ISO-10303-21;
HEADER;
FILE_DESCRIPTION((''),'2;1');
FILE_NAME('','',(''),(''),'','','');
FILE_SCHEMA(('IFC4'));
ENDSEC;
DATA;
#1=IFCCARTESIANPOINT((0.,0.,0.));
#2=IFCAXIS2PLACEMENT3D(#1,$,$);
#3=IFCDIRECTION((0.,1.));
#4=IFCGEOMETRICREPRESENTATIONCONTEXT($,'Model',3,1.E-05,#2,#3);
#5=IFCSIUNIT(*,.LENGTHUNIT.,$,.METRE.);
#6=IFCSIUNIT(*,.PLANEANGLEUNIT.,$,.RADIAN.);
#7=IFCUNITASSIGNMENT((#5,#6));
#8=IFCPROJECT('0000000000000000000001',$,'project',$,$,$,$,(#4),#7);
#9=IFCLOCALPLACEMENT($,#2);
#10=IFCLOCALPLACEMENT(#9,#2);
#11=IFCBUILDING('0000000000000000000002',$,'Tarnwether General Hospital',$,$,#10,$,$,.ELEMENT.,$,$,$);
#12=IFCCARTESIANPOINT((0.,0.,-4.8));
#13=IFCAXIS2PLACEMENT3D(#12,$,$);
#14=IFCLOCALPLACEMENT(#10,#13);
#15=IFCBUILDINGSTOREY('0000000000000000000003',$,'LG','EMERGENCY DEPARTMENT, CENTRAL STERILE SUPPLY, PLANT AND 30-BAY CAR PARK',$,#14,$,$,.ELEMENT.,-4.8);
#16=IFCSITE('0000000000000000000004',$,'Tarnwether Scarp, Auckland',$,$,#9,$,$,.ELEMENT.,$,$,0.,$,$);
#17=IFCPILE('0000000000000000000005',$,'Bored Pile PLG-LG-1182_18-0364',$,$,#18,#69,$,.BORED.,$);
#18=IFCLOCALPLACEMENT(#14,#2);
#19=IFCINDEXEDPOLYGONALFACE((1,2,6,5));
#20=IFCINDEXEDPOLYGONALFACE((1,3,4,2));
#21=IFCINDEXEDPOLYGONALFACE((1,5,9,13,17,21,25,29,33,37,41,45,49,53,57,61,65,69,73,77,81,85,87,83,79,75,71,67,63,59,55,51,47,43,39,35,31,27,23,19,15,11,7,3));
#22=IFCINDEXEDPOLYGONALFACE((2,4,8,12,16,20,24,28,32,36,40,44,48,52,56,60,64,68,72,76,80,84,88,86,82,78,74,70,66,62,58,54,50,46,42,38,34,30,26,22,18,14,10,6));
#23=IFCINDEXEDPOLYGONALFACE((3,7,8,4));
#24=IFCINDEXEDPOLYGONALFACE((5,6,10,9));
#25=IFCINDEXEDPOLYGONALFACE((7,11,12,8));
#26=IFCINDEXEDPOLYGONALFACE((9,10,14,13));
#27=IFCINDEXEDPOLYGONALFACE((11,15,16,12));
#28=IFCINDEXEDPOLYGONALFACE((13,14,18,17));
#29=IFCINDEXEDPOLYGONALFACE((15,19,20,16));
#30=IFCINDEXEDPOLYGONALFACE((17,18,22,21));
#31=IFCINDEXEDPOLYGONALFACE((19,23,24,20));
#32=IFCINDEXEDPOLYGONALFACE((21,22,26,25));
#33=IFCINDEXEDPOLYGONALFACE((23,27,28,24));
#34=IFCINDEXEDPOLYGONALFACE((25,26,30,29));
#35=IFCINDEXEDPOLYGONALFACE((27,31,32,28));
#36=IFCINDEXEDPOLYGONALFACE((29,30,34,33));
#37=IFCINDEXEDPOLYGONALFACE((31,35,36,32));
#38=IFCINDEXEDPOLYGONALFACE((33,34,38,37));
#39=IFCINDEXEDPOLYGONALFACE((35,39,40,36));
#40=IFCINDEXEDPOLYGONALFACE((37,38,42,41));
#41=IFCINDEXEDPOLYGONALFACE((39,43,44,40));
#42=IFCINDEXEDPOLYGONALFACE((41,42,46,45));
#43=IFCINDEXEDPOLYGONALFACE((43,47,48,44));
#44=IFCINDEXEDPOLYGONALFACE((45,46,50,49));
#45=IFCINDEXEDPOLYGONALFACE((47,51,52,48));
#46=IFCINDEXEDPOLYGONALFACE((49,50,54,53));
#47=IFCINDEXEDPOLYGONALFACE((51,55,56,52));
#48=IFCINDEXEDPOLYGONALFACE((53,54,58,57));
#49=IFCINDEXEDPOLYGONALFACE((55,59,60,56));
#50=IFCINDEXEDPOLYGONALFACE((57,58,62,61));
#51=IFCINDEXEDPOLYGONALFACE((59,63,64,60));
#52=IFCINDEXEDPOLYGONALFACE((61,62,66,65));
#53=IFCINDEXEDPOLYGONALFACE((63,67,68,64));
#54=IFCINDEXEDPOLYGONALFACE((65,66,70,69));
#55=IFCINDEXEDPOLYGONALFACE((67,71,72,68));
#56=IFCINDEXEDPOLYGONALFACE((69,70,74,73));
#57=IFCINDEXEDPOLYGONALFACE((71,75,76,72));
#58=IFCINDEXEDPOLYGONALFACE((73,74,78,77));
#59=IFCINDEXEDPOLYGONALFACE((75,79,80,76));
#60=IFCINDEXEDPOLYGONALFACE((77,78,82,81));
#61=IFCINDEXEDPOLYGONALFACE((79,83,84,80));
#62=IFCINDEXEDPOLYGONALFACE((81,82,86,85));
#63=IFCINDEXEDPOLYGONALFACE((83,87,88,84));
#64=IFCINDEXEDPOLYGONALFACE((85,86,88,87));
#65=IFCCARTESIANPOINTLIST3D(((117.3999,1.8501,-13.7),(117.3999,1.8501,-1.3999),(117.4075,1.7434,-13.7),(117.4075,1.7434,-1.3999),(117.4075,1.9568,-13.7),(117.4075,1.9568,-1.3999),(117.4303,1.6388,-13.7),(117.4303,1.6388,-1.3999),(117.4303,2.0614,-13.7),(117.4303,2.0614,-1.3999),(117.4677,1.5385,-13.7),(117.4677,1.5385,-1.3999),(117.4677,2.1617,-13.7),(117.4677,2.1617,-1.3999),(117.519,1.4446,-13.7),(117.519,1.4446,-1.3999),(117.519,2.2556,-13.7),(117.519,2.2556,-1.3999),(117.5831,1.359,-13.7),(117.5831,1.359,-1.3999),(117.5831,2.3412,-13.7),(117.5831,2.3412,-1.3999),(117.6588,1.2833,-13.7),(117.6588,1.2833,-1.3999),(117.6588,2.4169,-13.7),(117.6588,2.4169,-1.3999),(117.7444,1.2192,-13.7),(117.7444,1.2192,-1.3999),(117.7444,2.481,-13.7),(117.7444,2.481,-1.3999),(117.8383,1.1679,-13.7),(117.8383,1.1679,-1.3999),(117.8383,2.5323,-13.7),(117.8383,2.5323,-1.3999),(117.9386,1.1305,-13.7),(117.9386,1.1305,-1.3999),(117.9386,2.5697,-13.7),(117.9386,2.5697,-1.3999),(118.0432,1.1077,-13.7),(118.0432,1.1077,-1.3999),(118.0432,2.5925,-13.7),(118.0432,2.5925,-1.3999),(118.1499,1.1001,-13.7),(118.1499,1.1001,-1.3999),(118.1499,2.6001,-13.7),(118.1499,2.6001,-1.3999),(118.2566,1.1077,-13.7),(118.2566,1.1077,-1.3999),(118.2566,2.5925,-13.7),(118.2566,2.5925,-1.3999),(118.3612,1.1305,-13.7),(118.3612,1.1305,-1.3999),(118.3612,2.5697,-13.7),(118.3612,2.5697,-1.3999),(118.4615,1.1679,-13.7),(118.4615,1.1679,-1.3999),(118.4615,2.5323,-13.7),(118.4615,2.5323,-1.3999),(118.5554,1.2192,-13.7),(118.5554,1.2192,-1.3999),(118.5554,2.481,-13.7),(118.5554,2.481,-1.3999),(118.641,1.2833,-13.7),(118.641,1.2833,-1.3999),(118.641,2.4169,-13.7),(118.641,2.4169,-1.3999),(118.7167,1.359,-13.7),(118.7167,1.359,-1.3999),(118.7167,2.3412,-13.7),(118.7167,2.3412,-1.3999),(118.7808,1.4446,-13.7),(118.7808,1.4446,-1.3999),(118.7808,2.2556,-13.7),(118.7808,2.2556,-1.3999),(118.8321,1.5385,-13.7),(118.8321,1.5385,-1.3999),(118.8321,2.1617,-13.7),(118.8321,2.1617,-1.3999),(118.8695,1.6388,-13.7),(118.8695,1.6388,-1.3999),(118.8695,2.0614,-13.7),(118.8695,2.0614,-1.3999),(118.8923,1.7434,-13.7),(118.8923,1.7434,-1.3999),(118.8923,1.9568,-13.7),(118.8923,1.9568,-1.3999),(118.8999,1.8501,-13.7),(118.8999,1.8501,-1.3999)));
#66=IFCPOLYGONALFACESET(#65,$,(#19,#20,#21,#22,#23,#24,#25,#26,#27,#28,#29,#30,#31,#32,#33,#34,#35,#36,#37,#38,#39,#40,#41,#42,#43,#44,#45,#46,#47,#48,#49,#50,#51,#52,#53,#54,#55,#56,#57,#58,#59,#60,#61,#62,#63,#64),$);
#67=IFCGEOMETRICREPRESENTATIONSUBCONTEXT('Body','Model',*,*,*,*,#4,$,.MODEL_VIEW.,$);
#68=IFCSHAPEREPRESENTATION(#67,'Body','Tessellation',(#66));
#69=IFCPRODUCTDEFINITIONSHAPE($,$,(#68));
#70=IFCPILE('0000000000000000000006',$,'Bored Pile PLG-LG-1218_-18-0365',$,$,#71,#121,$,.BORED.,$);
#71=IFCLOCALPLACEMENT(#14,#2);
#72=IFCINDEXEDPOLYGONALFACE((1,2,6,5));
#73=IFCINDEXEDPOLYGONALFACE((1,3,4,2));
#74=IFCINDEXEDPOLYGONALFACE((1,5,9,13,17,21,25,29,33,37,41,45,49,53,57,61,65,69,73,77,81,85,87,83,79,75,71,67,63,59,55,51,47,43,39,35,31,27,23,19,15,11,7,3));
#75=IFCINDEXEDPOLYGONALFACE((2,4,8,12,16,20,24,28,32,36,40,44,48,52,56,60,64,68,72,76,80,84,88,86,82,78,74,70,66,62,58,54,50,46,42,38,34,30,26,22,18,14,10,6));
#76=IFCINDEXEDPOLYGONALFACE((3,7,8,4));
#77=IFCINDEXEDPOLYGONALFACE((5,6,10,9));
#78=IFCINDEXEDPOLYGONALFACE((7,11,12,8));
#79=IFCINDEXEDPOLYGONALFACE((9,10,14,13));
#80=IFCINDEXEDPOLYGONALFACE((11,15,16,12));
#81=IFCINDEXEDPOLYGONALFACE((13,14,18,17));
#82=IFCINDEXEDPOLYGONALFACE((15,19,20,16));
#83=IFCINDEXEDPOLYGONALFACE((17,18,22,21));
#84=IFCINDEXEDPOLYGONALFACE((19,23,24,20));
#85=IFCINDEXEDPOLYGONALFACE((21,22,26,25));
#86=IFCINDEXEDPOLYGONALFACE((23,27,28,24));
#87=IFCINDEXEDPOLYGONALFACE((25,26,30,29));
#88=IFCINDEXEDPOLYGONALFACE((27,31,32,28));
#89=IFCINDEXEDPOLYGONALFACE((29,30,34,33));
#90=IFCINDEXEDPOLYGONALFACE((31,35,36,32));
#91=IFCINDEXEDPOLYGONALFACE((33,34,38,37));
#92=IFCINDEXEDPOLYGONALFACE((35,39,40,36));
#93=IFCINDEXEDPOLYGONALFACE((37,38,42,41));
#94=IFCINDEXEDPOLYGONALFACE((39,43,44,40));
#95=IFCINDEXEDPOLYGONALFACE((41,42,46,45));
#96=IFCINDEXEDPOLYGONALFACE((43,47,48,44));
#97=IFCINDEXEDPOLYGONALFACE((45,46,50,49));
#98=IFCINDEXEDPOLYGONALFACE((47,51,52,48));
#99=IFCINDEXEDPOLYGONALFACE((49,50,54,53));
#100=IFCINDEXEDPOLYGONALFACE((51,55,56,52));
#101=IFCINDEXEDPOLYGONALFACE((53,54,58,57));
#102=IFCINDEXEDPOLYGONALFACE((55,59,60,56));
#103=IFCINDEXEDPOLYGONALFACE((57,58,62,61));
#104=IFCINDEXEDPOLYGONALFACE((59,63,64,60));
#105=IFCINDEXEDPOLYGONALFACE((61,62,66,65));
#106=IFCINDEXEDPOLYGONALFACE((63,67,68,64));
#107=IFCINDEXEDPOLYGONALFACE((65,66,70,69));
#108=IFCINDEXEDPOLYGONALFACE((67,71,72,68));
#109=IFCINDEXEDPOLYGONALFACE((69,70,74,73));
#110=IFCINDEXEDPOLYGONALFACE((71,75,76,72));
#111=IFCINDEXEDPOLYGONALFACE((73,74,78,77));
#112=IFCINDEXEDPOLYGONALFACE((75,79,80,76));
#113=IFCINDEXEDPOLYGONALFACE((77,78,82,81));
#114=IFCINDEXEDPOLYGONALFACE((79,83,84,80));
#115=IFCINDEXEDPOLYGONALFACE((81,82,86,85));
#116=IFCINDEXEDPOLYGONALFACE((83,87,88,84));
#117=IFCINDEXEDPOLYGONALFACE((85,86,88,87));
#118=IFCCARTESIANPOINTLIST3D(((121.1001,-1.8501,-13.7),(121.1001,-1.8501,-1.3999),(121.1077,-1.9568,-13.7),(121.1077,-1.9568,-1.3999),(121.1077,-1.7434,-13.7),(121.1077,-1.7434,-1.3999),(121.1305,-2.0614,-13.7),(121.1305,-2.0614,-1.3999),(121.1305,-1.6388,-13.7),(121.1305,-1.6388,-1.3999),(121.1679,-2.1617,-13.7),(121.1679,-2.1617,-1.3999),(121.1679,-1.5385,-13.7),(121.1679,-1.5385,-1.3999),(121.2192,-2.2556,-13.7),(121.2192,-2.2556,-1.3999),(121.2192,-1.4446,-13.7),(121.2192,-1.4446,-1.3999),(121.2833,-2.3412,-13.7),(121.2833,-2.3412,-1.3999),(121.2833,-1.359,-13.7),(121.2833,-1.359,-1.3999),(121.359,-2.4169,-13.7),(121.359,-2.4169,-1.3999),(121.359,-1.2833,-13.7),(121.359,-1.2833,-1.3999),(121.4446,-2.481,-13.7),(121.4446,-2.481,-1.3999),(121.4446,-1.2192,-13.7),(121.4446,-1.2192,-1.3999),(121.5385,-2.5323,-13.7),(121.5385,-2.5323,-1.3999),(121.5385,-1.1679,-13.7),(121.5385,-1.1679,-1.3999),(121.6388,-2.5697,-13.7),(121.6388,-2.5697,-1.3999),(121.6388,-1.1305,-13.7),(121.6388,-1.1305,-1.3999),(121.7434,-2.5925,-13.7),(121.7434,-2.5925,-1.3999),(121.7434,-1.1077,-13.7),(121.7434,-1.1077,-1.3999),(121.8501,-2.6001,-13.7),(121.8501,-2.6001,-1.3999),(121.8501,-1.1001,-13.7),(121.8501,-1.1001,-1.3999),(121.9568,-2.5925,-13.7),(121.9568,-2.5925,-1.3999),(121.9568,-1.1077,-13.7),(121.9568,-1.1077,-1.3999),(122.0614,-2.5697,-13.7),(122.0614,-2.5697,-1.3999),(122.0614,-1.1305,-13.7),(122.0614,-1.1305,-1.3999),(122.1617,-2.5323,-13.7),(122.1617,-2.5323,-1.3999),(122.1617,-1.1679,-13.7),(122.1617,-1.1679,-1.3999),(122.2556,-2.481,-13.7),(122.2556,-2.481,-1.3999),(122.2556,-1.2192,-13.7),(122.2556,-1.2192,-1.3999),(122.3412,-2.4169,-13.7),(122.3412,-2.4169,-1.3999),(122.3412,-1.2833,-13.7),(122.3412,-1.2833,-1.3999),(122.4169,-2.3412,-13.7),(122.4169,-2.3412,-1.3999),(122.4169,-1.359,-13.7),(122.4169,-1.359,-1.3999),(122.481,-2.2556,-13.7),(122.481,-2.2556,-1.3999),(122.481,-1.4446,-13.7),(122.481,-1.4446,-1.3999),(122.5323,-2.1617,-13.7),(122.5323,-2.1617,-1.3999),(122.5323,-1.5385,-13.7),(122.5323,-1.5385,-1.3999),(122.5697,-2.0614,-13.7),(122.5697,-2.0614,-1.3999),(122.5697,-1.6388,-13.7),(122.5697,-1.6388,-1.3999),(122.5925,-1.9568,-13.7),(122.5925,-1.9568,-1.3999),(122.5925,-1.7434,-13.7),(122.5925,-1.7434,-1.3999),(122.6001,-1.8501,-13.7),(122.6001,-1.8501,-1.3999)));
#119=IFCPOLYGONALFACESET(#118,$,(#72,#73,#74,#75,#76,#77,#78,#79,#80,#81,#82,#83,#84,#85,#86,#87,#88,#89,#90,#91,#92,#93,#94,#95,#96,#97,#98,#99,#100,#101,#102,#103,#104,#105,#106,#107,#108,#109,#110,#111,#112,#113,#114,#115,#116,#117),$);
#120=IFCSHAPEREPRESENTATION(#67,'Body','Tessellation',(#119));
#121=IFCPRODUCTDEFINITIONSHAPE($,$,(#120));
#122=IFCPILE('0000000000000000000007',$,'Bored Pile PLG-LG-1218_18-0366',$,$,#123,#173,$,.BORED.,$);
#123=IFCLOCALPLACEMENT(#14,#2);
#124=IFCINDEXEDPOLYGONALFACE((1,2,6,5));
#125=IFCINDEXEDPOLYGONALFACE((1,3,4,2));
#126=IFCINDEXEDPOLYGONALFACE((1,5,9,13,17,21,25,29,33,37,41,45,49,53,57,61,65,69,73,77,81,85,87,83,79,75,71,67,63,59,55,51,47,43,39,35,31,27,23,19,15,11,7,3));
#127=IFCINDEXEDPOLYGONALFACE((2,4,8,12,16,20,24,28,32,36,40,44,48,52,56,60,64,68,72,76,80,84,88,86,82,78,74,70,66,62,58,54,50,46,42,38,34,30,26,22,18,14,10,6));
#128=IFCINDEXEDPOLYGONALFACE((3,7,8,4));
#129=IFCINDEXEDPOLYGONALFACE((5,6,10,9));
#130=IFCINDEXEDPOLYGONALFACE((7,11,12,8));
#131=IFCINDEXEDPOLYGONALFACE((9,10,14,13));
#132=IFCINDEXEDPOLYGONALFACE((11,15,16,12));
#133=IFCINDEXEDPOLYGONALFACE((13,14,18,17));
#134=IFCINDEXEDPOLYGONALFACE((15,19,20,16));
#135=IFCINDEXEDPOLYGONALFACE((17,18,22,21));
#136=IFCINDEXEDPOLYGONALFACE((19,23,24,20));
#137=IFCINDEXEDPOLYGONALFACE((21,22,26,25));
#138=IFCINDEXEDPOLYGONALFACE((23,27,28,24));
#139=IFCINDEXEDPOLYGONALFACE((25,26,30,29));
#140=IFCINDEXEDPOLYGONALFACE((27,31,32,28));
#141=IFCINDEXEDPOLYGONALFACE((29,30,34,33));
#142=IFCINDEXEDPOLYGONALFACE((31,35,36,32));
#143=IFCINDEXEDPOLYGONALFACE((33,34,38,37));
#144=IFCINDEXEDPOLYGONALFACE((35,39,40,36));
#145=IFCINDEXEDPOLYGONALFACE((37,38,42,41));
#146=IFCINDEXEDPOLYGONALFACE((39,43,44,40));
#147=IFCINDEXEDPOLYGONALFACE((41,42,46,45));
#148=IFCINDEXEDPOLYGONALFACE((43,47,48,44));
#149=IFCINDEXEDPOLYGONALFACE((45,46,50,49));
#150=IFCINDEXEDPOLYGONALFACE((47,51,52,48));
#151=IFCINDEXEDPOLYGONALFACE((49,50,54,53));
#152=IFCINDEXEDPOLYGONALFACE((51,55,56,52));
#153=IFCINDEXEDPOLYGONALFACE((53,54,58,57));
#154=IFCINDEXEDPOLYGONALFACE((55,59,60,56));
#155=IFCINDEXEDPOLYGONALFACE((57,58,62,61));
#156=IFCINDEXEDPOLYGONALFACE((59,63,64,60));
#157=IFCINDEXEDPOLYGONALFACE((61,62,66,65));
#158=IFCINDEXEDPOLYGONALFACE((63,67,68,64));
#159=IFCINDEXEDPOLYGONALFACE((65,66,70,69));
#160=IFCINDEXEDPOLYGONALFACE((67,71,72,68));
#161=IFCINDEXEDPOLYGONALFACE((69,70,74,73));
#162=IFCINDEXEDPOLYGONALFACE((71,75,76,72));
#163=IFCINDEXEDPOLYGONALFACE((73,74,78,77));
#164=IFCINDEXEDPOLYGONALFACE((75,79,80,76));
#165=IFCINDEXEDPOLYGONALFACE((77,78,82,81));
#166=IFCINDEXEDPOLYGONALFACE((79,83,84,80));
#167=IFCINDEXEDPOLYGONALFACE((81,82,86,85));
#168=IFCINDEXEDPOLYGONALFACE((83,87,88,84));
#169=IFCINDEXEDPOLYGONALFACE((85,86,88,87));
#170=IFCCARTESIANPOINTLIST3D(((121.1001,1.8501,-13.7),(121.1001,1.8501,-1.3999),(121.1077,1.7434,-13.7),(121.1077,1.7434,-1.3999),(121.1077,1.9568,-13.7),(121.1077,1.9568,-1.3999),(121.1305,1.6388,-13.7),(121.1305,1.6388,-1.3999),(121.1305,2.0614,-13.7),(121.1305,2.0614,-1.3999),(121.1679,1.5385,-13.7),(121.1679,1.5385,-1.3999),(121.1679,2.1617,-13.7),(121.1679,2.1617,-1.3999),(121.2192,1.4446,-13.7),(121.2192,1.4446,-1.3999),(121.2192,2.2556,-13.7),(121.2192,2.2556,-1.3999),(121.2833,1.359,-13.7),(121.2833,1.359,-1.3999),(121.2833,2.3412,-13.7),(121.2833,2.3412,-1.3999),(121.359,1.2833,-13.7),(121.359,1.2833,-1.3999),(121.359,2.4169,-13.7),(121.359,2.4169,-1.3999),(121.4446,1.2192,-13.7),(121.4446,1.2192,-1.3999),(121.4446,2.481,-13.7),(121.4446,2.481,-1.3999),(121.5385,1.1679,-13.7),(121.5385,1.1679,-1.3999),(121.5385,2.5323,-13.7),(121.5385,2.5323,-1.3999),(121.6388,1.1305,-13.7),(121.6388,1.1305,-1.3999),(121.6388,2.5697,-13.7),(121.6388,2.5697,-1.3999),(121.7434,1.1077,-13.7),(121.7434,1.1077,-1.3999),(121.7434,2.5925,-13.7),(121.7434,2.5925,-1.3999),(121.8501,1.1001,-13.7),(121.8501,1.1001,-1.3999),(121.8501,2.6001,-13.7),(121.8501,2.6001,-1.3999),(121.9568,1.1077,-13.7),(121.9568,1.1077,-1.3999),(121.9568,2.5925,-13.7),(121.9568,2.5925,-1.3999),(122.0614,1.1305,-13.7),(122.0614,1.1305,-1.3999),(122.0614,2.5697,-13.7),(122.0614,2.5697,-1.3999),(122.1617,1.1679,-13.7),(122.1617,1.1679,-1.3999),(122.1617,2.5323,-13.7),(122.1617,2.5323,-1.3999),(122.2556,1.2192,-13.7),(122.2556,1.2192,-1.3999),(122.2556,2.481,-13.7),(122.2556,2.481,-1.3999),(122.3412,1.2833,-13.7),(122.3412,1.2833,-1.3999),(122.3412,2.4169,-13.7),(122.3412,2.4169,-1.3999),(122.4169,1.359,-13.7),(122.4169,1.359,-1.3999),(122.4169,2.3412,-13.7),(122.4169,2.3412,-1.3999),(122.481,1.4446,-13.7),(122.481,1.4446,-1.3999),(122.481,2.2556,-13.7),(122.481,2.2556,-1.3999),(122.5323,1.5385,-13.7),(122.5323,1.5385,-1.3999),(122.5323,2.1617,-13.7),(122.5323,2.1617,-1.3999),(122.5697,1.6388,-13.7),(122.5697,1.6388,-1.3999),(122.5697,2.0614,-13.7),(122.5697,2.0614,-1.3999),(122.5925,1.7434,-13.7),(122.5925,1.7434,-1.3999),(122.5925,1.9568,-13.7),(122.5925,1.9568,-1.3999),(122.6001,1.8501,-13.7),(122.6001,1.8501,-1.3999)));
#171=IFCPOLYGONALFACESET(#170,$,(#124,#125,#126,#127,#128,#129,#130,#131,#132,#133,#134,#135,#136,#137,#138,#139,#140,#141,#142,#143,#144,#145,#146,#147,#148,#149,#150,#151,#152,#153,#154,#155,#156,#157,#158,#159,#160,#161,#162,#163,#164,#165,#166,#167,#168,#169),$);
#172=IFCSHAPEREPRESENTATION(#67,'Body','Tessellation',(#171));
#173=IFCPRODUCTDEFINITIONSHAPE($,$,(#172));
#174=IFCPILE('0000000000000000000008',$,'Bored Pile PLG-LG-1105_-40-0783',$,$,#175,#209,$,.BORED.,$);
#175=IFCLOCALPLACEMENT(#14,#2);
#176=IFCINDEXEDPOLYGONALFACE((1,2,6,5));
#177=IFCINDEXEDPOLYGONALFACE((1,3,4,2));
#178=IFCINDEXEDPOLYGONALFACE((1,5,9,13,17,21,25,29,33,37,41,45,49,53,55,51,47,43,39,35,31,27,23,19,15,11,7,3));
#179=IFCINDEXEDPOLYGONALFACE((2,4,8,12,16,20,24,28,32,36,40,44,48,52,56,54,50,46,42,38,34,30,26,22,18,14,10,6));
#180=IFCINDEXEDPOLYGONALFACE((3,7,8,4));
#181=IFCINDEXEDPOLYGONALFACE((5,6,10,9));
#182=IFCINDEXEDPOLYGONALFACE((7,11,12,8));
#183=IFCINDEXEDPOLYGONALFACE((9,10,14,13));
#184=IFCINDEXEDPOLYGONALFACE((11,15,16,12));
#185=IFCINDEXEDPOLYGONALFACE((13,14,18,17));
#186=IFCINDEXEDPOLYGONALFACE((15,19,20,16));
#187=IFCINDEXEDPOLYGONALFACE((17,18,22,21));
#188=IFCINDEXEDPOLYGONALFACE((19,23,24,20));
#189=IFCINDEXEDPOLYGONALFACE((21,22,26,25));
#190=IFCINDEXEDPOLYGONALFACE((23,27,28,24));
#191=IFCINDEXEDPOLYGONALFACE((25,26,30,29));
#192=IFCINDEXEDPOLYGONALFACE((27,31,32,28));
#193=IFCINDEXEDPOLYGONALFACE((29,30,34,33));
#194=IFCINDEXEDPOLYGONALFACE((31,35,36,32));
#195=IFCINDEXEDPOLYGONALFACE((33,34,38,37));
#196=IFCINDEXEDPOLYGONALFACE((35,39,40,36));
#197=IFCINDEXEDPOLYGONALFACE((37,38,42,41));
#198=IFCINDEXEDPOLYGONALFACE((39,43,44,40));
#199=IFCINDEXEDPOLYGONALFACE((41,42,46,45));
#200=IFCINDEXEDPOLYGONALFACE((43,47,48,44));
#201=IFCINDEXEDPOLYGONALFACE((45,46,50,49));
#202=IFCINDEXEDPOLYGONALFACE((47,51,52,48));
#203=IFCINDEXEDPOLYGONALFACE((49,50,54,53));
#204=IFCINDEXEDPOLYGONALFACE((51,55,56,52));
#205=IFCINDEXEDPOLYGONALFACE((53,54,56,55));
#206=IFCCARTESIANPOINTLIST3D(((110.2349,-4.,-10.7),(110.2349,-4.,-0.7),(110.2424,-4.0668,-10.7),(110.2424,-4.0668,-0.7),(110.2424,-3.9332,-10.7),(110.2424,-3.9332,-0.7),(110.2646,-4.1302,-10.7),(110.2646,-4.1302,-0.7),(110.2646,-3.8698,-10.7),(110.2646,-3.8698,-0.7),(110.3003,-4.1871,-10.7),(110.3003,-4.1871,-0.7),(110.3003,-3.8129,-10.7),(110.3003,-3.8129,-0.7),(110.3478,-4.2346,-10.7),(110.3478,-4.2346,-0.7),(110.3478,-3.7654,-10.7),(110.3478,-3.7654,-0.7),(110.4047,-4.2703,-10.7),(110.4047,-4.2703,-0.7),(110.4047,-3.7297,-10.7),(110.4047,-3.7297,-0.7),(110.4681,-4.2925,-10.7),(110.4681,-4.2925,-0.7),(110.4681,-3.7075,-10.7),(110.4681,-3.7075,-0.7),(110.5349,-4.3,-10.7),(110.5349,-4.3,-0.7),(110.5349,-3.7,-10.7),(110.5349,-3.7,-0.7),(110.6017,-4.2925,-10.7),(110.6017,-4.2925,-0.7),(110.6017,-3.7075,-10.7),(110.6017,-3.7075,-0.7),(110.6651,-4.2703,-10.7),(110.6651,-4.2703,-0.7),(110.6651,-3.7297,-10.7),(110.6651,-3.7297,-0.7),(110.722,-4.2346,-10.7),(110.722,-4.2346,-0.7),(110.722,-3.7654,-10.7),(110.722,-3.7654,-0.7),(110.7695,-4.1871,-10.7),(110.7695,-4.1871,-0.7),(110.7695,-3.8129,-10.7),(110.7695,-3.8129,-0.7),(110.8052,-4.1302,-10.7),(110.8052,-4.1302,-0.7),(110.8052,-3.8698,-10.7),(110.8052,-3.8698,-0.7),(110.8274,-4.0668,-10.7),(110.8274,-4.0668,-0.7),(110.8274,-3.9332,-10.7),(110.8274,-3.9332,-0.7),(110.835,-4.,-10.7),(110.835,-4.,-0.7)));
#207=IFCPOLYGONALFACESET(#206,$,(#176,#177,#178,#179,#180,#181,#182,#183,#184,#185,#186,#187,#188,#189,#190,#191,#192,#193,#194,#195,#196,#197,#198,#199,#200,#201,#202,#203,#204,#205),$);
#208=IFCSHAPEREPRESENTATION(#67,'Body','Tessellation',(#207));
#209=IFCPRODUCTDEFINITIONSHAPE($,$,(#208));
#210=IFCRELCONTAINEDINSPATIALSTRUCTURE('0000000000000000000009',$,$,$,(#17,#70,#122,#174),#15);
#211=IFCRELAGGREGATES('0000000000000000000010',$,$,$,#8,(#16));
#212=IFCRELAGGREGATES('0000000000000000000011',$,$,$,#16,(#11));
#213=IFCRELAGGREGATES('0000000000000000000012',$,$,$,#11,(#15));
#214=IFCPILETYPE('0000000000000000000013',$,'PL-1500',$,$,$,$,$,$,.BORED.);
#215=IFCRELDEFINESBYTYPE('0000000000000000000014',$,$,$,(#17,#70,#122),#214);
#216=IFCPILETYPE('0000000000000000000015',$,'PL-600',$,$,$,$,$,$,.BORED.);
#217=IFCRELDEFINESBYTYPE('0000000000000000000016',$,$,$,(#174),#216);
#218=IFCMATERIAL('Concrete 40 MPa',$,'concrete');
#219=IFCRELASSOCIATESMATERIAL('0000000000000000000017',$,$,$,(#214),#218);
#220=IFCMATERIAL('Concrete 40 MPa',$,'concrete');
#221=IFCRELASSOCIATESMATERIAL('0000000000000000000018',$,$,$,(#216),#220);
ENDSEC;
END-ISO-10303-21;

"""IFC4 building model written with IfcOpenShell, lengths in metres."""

from ifc_helpers import new_model, si_unit, direction, frame, origin, origin_2d, place, context, subcontext, project, spatial, circle, extrude, material, material_profile, profile_set, type_object, element, save


model = new_model("IFC4")

# Units and contexts
model_context = context("Model", 3, precision=1e-05, world=origin(), true_north=direction((0.0, 1.0)))
body_context = subcontext(model_context, "Body", "Model", "MODEL_VIEW")
ifc_project = project(units=[si_unit("LENGTHUNIT", "METRE"), si_unit("PLANEANGLEUNIT", "RADIAN")], contexts=[model_context])

# Site, building, storey
site_placement = place(None, origin())
site = spatial("IfcSite", under=ifc_project, at=site_placement, Name="Tarnwether Scarp, Auckland", CompositionType="ELEMENT", RefElevation=0.0)
building_placement = place(site_placement, origin())
building = spatial("IfcBuilding", under=site, at=building_placement, Name="Tarnwether General Hospital", CompositionType="ELEMENT")
storey_placement = place(building_placement, frame((0.0, 0.0, -4.8)))
storey = spatial("IfcBuildingStorey", under=building, at=storey_placement, Name="LG", Description="EMERGENCY DEPARTMENT, CENTRAL STERILE SUPPLY, PLANT AND 30-BAY CAR PARK", CompositionType="ELEMENT", Elevation=-4.8)

# Piles
ifc_material_1 = material(Name="Concrete 40 MPa", Category="concrete")
ifc_material_profile_1 = material_profile(ifc_material_1, circle(Radius=0.75, at=origin_2d()), Name="PILE-D1500")
ifc_profile_set_1 = profile_set([ifc_material_profile_1], Name="Concrete 40 MPa")
pile_type_1 = type_object("IfcPileType", Name="PL-1500", PredefinedType="BORED", material=ifc_profile_set_1)
for number, where, z_axis, x_axis, name in (
    (1, (118.1499, 1.8501, -1.3999), (0.0, 0.0, -1.0), (1.0, 0.0, 0.0), "Bored Pile PLG-LG-1182_18-0364"),
    (2, (121.8501, -1.8501, -1.3999), (0.0, 0.0, -1.0), (1.0, 0.0, 0.0), "Bored Pile PLG-LG-1218_-18-0365"),
    (3, (121.8501, 1.8501, -1.3999), (0.0, 0.0, -1.0), (1.0, 0.0, 0.0), "Bored Pile PLG-LG-1218_18-0366"),
):
    element("IfcPile", number, at=place(storey_placement, frame(where, z_axis=z_axis, x_axis=x_axis)), inside=storey, type_object=pile_type_1, Name=name, PredefinedType="BORED", context=body_context, shape_type="SweptSolid", body=[
        extrude(circle(Radius=0.75, at=origin_2d()), origin(), (0.0, 0.0, 1.0), 12.3),
    ])
ifc_material_2 = material(Name="Concrete 40 MPa", Category="concrete")
ifc_material_profile_2 = material_profile(ifc_material_2, circle(Radius=0.3, at=origin_2d()), Name="PILE-D600")
ifc_profile_set_2 = profile_set([ifc_material_profile_2], Name="Concrete 40 MPa")
pile_type_2 = type_object("IfcPileType", Name="PL-600", PredefinedType="BORED", material=ifc_profile_set_2)
for number, where, z_axis, x_axis, name in (
    (4, (110.5349, -4.0, -0.7), (0.0, 0.0, -1.0), (1.0, 0.0, 0.0), "Bored Pile PLG-LG-1105_-40-0783"),
):
    element("IfcPile", number, at=place(storey_placement, frame(where, z_axis=z_axis, x_axis=x_axis)), inside=storey, type_object=pile_type_2, Name=name, PredefinedType="BORED", context=body_context, shape_type="SweptSolid", body=[
        extrude(circle(Radius=0.3, at=origin_2d()), origin(), (0.0, 0.0, 1.0), 10.0),
    ])

save(model, "model.ifc")
